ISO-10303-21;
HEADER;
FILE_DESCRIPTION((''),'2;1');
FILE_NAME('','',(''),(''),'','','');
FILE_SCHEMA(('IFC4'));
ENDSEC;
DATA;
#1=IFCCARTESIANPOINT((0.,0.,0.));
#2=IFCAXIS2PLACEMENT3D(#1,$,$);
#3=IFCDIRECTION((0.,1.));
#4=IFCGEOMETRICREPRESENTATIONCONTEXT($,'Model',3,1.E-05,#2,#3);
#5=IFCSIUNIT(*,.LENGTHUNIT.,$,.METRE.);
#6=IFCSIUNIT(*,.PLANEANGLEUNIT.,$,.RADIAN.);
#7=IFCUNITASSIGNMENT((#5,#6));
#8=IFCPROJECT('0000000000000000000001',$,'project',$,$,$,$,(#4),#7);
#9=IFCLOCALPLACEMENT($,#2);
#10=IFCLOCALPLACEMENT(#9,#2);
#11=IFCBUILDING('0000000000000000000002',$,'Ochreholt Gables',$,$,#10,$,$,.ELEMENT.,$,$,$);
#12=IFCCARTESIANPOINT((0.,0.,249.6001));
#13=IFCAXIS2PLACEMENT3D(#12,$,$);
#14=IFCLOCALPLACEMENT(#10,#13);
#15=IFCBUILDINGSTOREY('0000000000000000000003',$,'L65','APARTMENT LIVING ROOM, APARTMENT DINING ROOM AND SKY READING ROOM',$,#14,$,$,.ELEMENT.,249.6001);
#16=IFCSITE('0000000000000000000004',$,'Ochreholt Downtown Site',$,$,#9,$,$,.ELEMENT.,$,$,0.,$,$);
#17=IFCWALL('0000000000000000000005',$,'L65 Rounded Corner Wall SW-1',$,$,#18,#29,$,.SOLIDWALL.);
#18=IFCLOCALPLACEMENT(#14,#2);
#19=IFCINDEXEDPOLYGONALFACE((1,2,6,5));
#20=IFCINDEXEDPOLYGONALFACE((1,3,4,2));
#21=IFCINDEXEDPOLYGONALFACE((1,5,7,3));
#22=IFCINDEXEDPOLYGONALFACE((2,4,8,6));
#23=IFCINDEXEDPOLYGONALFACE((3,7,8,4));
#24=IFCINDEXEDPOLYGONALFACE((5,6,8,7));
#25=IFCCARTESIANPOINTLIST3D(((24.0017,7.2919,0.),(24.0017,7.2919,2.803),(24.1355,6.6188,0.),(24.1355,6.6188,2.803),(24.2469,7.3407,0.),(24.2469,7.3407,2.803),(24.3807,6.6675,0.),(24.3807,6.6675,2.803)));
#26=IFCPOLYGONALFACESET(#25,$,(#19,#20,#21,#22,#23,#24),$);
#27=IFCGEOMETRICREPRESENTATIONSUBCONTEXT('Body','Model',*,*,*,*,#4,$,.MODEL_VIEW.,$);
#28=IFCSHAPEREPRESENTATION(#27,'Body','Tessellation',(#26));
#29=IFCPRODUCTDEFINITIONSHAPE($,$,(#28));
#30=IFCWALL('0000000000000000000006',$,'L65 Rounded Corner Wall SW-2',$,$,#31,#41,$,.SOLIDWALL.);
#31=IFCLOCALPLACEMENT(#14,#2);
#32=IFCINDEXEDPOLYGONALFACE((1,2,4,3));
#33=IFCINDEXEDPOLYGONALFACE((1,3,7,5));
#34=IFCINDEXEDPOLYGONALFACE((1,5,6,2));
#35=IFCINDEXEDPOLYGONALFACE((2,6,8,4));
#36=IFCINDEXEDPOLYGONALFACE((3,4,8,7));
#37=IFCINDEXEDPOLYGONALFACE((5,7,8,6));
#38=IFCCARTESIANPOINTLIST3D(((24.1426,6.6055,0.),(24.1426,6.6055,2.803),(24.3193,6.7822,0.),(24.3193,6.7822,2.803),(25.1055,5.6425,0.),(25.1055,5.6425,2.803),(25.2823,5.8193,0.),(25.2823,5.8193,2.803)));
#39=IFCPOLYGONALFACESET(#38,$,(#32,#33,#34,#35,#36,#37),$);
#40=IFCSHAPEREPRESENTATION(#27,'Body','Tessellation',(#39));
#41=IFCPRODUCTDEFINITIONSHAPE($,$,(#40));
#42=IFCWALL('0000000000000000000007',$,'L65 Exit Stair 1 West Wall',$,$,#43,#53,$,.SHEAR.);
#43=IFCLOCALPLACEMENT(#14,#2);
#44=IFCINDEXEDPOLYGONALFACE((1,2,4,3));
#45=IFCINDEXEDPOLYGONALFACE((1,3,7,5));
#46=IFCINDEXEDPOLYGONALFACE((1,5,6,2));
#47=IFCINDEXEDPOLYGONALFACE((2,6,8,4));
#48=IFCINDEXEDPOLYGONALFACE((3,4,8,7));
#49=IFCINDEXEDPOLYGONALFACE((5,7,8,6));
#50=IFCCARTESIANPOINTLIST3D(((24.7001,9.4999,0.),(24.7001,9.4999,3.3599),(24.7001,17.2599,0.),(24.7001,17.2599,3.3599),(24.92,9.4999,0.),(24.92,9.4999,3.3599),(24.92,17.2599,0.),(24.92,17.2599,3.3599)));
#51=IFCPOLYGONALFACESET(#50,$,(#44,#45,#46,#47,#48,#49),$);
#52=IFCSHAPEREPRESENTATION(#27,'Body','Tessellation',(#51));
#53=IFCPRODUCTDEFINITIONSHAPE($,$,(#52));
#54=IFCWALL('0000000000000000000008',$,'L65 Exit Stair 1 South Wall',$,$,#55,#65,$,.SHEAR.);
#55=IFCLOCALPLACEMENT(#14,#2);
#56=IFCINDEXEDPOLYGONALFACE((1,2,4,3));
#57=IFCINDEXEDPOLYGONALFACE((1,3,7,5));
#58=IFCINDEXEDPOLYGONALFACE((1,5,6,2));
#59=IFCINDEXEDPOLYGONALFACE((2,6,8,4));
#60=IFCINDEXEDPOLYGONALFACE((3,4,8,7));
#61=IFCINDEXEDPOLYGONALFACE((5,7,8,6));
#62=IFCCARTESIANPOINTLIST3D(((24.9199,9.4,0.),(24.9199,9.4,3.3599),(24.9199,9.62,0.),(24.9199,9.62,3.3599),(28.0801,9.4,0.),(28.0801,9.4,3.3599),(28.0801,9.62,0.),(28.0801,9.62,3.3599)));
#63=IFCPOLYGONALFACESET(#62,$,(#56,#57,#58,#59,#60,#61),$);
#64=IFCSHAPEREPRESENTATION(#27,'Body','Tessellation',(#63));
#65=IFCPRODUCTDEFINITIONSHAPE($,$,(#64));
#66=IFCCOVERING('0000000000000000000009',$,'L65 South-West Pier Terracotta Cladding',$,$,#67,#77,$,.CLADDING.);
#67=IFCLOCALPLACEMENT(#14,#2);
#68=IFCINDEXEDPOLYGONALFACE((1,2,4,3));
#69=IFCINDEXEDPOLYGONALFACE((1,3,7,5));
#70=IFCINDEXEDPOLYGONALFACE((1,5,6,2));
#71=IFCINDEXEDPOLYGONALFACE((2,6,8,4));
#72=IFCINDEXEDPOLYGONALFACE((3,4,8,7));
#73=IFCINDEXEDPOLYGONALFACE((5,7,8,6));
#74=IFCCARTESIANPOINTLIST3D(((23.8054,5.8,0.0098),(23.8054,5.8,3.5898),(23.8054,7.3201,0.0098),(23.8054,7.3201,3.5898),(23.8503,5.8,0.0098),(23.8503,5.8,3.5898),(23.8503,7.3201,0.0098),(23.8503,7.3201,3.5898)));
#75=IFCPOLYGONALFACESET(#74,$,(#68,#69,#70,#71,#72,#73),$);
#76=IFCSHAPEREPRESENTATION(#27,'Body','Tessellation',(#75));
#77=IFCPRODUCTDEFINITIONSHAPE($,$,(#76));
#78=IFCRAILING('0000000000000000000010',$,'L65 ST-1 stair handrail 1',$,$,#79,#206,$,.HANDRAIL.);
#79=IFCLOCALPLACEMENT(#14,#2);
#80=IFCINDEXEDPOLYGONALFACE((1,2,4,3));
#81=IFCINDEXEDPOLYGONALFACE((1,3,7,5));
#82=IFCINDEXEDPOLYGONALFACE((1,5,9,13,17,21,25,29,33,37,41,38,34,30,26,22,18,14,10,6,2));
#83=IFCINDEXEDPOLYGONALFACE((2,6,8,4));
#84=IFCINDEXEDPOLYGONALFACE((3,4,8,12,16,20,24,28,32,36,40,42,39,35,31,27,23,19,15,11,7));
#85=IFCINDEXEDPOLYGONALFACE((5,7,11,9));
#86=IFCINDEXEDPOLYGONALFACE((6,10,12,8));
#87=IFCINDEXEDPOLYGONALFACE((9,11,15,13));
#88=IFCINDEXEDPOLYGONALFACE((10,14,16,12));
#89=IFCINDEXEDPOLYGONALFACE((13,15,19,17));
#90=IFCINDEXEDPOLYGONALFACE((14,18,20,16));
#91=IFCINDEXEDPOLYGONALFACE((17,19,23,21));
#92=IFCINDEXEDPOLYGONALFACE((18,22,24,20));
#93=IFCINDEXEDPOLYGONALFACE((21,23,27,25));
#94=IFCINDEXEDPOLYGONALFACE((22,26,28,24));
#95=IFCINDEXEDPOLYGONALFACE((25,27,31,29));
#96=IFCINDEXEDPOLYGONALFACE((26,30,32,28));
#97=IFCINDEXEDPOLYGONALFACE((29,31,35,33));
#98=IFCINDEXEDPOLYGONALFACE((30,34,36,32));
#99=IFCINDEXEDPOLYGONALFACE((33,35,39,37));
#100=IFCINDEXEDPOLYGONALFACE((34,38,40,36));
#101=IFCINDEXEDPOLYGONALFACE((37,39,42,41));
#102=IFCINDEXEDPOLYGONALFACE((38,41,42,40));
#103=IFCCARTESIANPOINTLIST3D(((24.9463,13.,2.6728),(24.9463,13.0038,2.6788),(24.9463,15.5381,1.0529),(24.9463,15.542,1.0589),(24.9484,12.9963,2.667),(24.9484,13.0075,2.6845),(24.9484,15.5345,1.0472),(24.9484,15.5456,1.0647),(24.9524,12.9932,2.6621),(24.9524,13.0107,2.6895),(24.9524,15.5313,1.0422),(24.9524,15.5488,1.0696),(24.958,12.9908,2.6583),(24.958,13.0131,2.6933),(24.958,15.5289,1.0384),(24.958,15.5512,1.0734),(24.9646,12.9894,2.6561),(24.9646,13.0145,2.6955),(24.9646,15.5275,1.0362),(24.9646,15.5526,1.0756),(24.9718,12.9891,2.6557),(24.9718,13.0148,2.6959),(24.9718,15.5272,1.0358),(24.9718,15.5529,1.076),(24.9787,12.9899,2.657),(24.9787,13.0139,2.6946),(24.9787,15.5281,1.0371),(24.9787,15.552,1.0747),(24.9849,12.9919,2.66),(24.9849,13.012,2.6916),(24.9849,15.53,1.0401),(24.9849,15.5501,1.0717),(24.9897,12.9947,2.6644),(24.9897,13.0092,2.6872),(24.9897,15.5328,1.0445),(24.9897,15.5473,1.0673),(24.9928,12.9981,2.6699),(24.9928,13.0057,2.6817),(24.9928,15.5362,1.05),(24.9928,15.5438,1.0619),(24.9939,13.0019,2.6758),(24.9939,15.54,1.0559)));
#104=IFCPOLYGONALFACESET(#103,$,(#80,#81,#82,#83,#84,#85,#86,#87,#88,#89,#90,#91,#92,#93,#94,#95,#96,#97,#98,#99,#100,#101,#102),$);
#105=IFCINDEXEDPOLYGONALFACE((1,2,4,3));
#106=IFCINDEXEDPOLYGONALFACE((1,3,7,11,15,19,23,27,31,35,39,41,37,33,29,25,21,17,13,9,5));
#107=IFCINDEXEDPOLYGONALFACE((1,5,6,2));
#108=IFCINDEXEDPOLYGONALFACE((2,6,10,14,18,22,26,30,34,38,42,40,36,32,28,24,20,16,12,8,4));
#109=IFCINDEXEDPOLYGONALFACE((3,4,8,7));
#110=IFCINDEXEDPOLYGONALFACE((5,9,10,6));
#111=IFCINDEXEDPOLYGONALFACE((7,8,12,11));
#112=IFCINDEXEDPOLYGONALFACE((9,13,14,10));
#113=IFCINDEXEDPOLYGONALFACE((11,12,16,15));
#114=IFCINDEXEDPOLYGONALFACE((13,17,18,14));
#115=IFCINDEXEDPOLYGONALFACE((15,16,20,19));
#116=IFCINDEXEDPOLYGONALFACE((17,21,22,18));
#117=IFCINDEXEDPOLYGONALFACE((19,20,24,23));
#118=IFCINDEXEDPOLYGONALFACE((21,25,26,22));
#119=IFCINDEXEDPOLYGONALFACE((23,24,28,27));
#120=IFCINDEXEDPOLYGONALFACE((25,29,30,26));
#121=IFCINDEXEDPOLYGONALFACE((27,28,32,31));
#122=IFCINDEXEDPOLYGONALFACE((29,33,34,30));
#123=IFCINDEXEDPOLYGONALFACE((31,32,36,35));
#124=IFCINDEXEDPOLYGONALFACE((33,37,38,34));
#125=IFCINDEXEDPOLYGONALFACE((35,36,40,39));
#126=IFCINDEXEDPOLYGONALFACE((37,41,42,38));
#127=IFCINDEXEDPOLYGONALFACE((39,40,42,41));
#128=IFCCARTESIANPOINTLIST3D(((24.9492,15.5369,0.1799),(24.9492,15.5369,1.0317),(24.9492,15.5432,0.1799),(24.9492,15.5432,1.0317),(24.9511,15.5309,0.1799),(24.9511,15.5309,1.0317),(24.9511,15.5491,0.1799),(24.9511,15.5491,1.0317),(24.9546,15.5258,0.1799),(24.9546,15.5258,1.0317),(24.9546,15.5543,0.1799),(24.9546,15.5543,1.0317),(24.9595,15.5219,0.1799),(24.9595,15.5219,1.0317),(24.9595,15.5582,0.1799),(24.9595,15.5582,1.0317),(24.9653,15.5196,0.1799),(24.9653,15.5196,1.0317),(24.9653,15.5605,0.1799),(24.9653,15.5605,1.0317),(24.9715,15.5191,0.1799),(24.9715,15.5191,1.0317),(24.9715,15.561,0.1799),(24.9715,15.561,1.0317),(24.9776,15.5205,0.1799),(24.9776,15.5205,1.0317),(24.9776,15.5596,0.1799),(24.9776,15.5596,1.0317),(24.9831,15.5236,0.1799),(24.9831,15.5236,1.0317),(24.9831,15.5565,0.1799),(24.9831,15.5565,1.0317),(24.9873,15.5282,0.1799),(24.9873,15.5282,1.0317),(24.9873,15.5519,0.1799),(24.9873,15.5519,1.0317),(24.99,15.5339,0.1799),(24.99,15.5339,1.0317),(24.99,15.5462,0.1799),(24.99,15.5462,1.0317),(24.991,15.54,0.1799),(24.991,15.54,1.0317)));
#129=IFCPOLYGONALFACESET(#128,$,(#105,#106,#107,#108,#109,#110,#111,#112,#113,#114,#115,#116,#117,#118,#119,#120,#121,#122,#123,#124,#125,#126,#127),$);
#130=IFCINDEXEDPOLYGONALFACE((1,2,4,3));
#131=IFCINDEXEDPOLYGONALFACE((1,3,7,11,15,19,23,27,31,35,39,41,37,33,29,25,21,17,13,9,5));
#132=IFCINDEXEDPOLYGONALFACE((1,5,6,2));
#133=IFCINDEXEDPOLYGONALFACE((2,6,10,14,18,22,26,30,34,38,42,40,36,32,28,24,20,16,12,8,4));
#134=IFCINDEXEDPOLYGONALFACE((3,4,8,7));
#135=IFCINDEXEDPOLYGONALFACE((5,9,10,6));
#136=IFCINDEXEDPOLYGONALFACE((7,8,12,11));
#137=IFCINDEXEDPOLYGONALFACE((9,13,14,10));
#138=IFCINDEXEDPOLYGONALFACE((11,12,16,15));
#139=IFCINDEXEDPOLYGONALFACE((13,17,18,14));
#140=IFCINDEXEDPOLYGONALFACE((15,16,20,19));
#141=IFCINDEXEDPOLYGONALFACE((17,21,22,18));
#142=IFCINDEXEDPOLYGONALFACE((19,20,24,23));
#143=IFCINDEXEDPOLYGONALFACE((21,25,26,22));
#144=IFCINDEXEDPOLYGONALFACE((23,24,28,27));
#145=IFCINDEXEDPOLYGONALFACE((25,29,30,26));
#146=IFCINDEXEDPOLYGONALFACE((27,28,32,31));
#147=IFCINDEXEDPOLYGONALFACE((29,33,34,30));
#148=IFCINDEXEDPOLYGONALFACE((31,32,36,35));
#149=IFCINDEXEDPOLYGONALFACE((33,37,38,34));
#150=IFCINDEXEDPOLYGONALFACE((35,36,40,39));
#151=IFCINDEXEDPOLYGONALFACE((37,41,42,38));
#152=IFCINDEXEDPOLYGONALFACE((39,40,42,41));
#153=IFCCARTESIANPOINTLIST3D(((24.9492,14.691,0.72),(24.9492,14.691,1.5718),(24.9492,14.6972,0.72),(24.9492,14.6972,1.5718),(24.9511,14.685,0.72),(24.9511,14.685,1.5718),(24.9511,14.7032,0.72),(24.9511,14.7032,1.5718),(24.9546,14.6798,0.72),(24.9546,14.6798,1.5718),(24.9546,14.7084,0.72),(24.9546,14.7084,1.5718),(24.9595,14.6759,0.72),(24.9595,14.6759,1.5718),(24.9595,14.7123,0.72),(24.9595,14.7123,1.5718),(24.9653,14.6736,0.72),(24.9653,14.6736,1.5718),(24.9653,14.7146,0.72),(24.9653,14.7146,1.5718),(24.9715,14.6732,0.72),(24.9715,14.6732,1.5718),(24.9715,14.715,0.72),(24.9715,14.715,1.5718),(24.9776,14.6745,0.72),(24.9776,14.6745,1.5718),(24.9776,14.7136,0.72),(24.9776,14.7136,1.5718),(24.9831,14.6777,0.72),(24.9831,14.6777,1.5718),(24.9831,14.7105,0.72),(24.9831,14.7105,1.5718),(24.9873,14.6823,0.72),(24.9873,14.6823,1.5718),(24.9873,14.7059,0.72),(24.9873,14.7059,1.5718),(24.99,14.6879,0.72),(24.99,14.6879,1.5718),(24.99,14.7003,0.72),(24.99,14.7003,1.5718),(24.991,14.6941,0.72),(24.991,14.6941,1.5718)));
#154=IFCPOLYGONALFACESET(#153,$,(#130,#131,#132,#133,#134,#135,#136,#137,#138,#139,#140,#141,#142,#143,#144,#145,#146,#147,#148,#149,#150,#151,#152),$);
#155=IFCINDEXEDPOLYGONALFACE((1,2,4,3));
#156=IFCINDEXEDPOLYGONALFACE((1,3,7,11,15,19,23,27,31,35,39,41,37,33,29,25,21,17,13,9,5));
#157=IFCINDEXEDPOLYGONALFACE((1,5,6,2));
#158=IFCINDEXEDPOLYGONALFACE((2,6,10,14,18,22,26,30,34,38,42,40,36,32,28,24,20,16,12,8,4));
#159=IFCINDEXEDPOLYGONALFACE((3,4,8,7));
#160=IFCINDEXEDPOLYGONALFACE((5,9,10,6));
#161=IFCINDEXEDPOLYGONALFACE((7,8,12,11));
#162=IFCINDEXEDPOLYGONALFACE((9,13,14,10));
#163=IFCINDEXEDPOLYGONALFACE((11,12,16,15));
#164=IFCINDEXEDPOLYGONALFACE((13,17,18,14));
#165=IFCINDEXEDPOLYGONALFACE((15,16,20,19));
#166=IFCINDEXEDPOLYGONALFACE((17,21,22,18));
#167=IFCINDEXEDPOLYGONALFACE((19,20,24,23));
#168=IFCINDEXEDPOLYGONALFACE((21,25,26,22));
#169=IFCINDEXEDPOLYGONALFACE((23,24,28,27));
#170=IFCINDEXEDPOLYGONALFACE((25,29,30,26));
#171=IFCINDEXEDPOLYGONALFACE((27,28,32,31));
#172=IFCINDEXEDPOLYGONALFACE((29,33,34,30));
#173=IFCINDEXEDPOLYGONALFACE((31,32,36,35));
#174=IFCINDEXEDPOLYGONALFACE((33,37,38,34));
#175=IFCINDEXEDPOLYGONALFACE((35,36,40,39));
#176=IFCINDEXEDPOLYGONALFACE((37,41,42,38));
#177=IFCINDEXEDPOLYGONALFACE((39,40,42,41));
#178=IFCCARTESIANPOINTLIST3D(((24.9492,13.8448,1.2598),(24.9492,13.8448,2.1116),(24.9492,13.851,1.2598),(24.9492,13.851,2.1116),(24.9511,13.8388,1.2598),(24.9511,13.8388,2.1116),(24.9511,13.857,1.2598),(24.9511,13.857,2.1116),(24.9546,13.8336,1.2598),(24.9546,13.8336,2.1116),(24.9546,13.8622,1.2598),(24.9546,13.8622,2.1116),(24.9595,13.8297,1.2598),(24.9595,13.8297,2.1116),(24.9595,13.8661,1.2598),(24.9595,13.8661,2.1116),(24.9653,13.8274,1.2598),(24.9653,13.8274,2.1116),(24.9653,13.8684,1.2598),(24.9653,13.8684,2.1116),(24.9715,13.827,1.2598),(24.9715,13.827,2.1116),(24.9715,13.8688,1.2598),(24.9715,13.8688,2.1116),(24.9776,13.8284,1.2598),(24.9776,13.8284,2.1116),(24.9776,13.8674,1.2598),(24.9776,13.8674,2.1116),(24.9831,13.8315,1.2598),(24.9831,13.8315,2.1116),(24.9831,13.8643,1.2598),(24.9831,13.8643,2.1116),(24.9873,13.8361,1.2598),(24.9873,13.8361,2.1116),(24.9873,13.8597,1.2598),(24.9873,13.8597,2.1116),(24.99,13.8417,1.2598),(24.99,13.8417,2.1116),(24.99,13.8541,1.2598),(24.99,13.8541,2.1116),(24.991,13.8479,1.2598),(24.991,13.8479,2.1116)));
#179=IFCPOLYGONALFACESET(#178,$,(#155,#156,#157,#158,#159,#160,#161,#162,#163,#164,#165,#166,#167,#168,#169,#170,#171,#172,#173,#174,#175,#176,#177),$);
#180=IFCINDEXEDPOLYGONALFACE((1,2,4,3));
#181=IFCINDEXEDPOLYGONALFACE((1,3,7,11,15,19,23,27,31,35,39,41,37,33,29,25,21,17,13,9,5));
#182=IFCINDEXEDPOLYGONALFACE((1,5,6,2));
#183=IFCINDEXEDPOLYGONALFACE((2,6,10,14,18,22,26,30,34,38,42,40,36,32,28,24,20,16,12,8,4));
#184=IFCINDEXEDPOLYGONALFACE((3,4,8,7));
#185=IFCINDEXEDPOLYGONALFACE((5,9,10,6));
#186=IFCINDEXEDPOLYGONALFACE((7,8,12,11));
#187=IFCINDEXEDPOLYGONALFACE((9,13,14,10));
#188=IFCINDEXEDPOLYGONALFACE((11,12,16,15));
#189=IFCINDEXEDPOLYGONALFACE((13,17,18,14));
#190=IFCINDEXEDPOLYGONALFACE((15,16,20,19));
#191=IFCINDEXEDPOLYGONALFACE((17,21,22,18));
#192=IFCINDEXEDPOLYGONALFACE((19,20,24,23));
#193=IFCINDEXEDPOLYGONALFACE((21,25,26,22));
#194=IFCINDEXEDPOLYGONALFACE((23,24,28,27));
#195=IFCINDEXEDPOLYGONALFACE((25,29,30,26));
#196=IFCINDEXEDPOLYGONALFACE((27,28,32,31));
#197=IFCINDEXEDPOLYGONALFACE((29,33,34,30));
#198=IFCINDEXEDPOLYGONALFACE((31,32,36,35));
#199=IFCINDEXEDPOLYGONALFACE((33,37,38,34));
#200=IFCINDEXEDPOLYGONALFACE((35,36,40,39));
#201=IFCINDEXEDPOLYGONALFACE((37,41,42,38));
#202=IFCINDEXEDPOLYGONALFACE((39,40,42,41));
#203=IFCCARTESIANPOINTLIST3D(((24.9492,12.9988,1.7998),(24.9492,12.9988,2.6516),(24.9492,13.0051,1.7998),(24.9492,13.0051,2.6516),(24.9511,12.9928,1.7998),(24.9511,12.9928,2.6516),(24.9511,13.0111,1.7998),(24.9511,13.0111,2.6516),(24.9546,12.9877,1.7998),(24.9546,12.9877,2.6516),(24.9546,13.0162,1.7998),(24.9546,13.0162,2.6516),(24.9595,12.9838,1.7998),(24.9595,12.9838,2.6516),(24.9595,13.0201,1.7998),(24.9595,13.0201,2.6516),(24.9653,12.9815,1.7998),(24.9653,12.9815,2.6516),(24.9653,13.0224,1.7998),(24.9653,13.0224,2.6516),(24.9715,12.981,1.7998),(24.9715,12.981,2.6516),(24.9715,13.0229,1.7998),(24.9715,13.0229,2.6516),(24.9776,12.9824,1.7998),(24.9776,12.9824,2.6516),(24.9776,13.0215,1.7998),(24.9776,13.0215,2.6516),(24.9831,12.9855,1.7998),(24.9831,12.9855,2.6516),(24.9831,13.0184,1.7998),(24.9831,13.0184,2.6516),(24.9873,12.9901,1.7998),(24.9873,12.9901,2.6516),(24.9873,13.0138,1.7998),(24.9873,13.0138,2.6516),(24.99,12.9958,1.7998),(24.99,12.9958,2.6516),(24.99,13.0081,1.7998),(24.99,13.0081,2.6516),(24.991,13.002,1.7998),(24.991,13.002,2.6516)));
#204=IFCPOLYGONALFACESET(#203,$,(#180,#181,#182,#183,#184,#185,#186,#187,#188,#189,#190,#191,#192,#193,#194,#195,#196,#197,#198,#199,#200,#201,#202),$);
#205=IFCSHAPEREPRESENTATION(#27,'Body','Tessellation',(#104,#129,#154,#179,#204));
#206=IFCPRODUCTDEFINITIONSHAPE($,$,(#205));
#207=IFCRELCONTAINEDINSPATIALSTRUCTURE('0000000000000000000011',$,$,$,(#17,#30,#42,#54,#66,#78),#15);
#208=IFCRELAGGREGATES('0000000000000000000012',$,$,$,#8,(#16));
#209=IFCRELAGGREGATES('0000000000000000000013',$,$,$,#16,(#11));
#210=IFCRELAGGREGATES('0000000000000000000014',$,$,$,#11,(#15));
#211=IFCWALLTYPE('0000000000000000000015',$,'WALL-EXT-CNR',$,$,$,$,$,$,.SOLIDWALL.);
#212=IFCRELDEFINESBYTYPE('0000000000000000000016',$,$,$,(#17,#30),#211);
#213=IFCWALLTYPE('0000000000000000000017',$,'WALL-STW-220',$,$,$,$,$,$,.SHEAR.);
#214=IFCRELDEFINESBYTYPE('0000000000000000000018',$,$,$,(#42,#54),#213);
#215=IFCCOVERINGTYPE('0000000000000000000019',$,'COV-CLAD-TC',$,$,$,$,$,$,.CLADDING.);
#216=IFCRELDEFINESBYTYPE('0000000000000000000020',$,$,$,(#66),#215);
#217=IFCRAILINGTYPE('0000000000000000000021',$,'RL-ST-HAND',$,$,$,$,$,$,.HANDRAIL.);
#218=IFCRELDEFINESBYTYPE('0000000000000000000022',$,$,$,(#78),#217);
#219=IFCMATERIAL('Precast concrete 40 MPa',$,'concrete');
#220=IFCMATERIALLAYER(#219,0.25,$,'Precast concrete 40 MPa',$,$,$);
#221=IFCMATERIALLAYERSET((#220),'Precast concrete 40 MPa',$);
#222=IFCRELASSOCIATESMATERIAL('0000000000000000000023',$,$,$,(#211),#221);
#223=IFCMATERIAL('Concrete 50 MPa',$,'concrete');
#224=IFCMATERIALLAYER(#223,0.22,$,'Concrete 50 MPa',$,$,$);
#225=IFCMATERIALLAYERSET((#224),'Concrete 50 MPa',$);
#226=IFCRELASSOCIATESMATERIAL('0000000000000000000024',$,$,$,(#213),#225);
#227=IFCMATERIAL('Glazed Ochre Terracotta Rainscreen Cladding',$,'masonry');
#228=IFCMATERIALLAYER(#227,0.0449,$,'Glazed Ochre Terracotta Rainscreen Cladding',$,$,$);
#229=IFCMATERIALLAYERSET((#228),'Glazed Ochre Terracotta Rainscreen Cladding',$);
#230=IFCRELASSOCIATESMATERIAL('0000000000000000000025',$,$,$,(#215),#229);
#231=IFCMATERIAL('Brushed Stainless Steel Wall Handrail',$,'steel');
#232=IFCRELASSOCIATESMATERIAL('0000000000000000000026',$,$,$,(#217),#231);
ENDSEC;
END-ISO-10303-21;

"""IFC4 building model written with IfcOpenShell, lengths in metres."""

from ifc_helpers import new_model, si_unit, direction, frame, frame_2d, origin, origin_2d, place, context, subcontext, project, spatial, rectangle, circle, extrude, material, layer, layer_set, type_object, element, save


model = new_model("IFC4")

# Units and contexts
model_context = context("Model", 3, precision=1e-05, world=origin(), true_north=direction((0.0, 1.0)))
body_context = subcontext(model_context, "Body", "Model", "MODEL_VIEW")
ifc_project = project(units=[si_unit("LENGTHUNIT", "METRE"), si_unit("PLANEANGLEUNIT", "RADIAN")], contexts=[model_context])

# Site, building, storey
site_placement = place(None, origin())
site = spatial("IfcSite", under=ifc_project, at=site_placement, Name="Ochreholt Downtown Site", CompositionType="ELEMENT", RefElevation=0.0)
building_placement = place(site_placement, origin())
building = spatial("IfcBuilding", under=site, at=building_placement, Name="Ochreholt Gables", CompositionType="ELEMENT")
storey_placement = place(building_placement, frame((0.0, 0.0, 249.6001)))
storey = spatial("IfcBuildingStorey", under=building, at=storey_placement, Name="L65", Description="APARTMENT LIVING ROOM, APARTMENT DINING ROOM AND SKY READING ROOM", CompositionType="ELEMENT", Elevation=249.6001)

# Shared definitions
ifc_material_1 = material(Name="Concrete 50 MPa", Category="concrete")

# Shared definitions
ifc_material_2 = material(Name="Precast concrete 40 MPa", Category="concrete")

# Walls
ifc_layer_1 = layer(ifc_material_2, 0.25, Name="Precast concrete 40 MPa")
ifc_layer_set_1 = layer_set([ifc_layer_1], Name="Precast concrete 40 MPa")
wall_type_1 = type_object("IfcWallType", Name="WALL-EXT-CNR", PredefinedType="SOLIDWALL", material=ifc_layer_set_1)
wall_1_placement = place(storey_placement, frame((24.1243, 7.3164, 0.0), z_axis=(0.0, 0.0, 1.0), x_axis=(0.194953, -0.980813, 0.0)))
element("IfcWall", 1, at=wall_1_placement, inside=storey, type_object=wall_type_1, Name="L65 Rounded Corner Wall SW-1", PredefinedType="SOLIDWALL", context=body_context, shape_type="SweptSolid", body=[
    extrude(rectangle(XDim=0.6863, YDim=0.25, at=frame_2d((0.3433, 0.0))), origin(), (0.0, 0.0, 1.0), 2.803),
])
wall_2_placement = place(storey_placement, frame((24.231, 6.6938, 0.0), z_axis=(0.0, 0.0, 1.0), x_axis=(0.707107, -0.707107, 0.0)))
element("IfcWall", 2, at=wall_2_placement, inside=storey, type_object=wall_type_1, Name="L65 Rounded Corner Wall SW-2", PredefinedType="SOLIDWALL", context=body_context, shape_type="SweptSolid", body=[
    extrude(rectangle(XDim=1.3618, YDim=0.25, at=frame_2d((0.6809, 0.0))), origin(), (0.0, 0.0, 1.0), 2.803),
])
ifc_layer_2 = layer(ifc_material_1, 0.22, Name="Concrete 50 MPa")
ifc_layer_set_2 = layer_set([ifc_layer_2], Name="Concrete 50 MPa")
wall_type_2 = type_object("IfcWallType", Name="WALL-STW-220", PredefinedType="SHEAR", material=ifc_layer_set_2)
wall_3_placement = place(storey_placement, frame((24.8101, 9.5, 0.0), z_axis=(0.0, 0.0, 1.0), x_axis=(0.0, 1.0, 0.0)))
element("IfcWall", 3, at=wall_3_placement, inside=storey, type_object=wall_type_2, Name="L65 Exit Stair 1 West Wall", PredefinedType="SHEAR", context=body_context, shape_type="SweptSolid", body=[
    extrude(rectangle(XDim=7.76, YDim=0.22, at=frame_2d((3.8799, 0.0))), origin(), (0.0, 0.0, 1.0), 3.3599),
])
wall_4_placement = place(storey_placement, frame((24.9199, 9.51, 0.0), z_axis=(0.0, 0.0, 1.0), x_axis=(1.0, 0.0, 0.0)))
element("IfcWall", 4, at=wall_4_placement, inside=storey, type_object=wall_type_2, Name="L65 Exit Stair 1 South Wall", PredefinedType="SHEAR", context=body_context, shape_type="SweptSolid", body=[
    extrude(rectangle(XDim=3.1602, YDim=0.22, at=frame_2d((1.5801, 0.0))), origin(), (0.0, 0.0, 1.0), 3.3599),
])

# Covering
ifc_material_3 = material(Name="Glazed Ochre Terracotta Rainscreen Cladding", Category="masonry")
ifc_layer_3 = layer(ifc_material_3, 0.0449, Name="Glazed Ochre Terracotta Rainscreen Cladding")
ifc_layer_set_3 = layer_set([ifc_layer_3], Name="Glazed Ochre Terracotta Rainscreen Cladding")
covering_type = type_object("IfcCoveringType", Name="COV-CLAD-TC", PredefinedType="CLADDING", material=ifc_layer_set_3)
covering_placement = place(storey_placement, frame((23.8279, 6.5601, 0.0098), z_axis=(0.0, 0.0, 1.0), x_axis=(0.0, 1.0, 0.0)))
element("IfcCovering", 5, at=covering_placement, inside=storey, type_object=covering_type, Name="L65 South-West Pier Terracotta Cladding", PredefinedType="CLADDING", context=body_context, shape_type="SweptSolid", body=[
    extrude(rectangle(XDim=1.52, YDim=0.0449, at=origin_2d()), origin(), (0.0, 0.0, 1.0), 3.5801),
])

# Railing
ifc_material_4 = material(Name="Brushed Stainless Steel Wall Handrail", Category="steel")
railing_type = type_object("IfcRailingType", Name="RL-ST-HAND", PredefinedType="HANDRAIL", material=ifc_material_4)
railing_placement = place(storey_placement, frame((24.97, 15.54, 0.1799)))
element("IfcRailing", 6, at=railing_placement, inside=storey, type_object=railing_type, Name="L65 ST-1 stair handrail 1", PredefinedType="HANDRAIL", context=body_context, shape_type="SweptSolid", body=[
    extrude(circle(Radius=0.0239, at=origin_2d()), frame((0.0, 0.0, 0.876), z_axis=(0.0, -0.84295, 0.537993), x_axis=(1.0, 0.0, 0.0)), (0.0, 0.0, 1.0), 3.011),
    extrude(circle(Radius=0.021, at=origin_2d()), origin(), (0.0, 0.0, 1.0), 0.8518),
    extrude(circle(Radius=0.021, at=origin_2d()), frame((0.0, -0.8459, 0.54)), (0.0, 0.0, 1.0), 0.8518),
    extrude(circle(Radius=0.021, at=origin_2d()), frame((0.0, -1.6921, 1.0798)), (0.0, 0.0, 1.0), 0.8518),
    extrude(circle(Radius=0.021, at=origin_2d()), frame((0.0, -2.5381, 1.6199)), (0.0, 0.0, 1.0), 0.8518),
])

save(model, "model.ifc")
